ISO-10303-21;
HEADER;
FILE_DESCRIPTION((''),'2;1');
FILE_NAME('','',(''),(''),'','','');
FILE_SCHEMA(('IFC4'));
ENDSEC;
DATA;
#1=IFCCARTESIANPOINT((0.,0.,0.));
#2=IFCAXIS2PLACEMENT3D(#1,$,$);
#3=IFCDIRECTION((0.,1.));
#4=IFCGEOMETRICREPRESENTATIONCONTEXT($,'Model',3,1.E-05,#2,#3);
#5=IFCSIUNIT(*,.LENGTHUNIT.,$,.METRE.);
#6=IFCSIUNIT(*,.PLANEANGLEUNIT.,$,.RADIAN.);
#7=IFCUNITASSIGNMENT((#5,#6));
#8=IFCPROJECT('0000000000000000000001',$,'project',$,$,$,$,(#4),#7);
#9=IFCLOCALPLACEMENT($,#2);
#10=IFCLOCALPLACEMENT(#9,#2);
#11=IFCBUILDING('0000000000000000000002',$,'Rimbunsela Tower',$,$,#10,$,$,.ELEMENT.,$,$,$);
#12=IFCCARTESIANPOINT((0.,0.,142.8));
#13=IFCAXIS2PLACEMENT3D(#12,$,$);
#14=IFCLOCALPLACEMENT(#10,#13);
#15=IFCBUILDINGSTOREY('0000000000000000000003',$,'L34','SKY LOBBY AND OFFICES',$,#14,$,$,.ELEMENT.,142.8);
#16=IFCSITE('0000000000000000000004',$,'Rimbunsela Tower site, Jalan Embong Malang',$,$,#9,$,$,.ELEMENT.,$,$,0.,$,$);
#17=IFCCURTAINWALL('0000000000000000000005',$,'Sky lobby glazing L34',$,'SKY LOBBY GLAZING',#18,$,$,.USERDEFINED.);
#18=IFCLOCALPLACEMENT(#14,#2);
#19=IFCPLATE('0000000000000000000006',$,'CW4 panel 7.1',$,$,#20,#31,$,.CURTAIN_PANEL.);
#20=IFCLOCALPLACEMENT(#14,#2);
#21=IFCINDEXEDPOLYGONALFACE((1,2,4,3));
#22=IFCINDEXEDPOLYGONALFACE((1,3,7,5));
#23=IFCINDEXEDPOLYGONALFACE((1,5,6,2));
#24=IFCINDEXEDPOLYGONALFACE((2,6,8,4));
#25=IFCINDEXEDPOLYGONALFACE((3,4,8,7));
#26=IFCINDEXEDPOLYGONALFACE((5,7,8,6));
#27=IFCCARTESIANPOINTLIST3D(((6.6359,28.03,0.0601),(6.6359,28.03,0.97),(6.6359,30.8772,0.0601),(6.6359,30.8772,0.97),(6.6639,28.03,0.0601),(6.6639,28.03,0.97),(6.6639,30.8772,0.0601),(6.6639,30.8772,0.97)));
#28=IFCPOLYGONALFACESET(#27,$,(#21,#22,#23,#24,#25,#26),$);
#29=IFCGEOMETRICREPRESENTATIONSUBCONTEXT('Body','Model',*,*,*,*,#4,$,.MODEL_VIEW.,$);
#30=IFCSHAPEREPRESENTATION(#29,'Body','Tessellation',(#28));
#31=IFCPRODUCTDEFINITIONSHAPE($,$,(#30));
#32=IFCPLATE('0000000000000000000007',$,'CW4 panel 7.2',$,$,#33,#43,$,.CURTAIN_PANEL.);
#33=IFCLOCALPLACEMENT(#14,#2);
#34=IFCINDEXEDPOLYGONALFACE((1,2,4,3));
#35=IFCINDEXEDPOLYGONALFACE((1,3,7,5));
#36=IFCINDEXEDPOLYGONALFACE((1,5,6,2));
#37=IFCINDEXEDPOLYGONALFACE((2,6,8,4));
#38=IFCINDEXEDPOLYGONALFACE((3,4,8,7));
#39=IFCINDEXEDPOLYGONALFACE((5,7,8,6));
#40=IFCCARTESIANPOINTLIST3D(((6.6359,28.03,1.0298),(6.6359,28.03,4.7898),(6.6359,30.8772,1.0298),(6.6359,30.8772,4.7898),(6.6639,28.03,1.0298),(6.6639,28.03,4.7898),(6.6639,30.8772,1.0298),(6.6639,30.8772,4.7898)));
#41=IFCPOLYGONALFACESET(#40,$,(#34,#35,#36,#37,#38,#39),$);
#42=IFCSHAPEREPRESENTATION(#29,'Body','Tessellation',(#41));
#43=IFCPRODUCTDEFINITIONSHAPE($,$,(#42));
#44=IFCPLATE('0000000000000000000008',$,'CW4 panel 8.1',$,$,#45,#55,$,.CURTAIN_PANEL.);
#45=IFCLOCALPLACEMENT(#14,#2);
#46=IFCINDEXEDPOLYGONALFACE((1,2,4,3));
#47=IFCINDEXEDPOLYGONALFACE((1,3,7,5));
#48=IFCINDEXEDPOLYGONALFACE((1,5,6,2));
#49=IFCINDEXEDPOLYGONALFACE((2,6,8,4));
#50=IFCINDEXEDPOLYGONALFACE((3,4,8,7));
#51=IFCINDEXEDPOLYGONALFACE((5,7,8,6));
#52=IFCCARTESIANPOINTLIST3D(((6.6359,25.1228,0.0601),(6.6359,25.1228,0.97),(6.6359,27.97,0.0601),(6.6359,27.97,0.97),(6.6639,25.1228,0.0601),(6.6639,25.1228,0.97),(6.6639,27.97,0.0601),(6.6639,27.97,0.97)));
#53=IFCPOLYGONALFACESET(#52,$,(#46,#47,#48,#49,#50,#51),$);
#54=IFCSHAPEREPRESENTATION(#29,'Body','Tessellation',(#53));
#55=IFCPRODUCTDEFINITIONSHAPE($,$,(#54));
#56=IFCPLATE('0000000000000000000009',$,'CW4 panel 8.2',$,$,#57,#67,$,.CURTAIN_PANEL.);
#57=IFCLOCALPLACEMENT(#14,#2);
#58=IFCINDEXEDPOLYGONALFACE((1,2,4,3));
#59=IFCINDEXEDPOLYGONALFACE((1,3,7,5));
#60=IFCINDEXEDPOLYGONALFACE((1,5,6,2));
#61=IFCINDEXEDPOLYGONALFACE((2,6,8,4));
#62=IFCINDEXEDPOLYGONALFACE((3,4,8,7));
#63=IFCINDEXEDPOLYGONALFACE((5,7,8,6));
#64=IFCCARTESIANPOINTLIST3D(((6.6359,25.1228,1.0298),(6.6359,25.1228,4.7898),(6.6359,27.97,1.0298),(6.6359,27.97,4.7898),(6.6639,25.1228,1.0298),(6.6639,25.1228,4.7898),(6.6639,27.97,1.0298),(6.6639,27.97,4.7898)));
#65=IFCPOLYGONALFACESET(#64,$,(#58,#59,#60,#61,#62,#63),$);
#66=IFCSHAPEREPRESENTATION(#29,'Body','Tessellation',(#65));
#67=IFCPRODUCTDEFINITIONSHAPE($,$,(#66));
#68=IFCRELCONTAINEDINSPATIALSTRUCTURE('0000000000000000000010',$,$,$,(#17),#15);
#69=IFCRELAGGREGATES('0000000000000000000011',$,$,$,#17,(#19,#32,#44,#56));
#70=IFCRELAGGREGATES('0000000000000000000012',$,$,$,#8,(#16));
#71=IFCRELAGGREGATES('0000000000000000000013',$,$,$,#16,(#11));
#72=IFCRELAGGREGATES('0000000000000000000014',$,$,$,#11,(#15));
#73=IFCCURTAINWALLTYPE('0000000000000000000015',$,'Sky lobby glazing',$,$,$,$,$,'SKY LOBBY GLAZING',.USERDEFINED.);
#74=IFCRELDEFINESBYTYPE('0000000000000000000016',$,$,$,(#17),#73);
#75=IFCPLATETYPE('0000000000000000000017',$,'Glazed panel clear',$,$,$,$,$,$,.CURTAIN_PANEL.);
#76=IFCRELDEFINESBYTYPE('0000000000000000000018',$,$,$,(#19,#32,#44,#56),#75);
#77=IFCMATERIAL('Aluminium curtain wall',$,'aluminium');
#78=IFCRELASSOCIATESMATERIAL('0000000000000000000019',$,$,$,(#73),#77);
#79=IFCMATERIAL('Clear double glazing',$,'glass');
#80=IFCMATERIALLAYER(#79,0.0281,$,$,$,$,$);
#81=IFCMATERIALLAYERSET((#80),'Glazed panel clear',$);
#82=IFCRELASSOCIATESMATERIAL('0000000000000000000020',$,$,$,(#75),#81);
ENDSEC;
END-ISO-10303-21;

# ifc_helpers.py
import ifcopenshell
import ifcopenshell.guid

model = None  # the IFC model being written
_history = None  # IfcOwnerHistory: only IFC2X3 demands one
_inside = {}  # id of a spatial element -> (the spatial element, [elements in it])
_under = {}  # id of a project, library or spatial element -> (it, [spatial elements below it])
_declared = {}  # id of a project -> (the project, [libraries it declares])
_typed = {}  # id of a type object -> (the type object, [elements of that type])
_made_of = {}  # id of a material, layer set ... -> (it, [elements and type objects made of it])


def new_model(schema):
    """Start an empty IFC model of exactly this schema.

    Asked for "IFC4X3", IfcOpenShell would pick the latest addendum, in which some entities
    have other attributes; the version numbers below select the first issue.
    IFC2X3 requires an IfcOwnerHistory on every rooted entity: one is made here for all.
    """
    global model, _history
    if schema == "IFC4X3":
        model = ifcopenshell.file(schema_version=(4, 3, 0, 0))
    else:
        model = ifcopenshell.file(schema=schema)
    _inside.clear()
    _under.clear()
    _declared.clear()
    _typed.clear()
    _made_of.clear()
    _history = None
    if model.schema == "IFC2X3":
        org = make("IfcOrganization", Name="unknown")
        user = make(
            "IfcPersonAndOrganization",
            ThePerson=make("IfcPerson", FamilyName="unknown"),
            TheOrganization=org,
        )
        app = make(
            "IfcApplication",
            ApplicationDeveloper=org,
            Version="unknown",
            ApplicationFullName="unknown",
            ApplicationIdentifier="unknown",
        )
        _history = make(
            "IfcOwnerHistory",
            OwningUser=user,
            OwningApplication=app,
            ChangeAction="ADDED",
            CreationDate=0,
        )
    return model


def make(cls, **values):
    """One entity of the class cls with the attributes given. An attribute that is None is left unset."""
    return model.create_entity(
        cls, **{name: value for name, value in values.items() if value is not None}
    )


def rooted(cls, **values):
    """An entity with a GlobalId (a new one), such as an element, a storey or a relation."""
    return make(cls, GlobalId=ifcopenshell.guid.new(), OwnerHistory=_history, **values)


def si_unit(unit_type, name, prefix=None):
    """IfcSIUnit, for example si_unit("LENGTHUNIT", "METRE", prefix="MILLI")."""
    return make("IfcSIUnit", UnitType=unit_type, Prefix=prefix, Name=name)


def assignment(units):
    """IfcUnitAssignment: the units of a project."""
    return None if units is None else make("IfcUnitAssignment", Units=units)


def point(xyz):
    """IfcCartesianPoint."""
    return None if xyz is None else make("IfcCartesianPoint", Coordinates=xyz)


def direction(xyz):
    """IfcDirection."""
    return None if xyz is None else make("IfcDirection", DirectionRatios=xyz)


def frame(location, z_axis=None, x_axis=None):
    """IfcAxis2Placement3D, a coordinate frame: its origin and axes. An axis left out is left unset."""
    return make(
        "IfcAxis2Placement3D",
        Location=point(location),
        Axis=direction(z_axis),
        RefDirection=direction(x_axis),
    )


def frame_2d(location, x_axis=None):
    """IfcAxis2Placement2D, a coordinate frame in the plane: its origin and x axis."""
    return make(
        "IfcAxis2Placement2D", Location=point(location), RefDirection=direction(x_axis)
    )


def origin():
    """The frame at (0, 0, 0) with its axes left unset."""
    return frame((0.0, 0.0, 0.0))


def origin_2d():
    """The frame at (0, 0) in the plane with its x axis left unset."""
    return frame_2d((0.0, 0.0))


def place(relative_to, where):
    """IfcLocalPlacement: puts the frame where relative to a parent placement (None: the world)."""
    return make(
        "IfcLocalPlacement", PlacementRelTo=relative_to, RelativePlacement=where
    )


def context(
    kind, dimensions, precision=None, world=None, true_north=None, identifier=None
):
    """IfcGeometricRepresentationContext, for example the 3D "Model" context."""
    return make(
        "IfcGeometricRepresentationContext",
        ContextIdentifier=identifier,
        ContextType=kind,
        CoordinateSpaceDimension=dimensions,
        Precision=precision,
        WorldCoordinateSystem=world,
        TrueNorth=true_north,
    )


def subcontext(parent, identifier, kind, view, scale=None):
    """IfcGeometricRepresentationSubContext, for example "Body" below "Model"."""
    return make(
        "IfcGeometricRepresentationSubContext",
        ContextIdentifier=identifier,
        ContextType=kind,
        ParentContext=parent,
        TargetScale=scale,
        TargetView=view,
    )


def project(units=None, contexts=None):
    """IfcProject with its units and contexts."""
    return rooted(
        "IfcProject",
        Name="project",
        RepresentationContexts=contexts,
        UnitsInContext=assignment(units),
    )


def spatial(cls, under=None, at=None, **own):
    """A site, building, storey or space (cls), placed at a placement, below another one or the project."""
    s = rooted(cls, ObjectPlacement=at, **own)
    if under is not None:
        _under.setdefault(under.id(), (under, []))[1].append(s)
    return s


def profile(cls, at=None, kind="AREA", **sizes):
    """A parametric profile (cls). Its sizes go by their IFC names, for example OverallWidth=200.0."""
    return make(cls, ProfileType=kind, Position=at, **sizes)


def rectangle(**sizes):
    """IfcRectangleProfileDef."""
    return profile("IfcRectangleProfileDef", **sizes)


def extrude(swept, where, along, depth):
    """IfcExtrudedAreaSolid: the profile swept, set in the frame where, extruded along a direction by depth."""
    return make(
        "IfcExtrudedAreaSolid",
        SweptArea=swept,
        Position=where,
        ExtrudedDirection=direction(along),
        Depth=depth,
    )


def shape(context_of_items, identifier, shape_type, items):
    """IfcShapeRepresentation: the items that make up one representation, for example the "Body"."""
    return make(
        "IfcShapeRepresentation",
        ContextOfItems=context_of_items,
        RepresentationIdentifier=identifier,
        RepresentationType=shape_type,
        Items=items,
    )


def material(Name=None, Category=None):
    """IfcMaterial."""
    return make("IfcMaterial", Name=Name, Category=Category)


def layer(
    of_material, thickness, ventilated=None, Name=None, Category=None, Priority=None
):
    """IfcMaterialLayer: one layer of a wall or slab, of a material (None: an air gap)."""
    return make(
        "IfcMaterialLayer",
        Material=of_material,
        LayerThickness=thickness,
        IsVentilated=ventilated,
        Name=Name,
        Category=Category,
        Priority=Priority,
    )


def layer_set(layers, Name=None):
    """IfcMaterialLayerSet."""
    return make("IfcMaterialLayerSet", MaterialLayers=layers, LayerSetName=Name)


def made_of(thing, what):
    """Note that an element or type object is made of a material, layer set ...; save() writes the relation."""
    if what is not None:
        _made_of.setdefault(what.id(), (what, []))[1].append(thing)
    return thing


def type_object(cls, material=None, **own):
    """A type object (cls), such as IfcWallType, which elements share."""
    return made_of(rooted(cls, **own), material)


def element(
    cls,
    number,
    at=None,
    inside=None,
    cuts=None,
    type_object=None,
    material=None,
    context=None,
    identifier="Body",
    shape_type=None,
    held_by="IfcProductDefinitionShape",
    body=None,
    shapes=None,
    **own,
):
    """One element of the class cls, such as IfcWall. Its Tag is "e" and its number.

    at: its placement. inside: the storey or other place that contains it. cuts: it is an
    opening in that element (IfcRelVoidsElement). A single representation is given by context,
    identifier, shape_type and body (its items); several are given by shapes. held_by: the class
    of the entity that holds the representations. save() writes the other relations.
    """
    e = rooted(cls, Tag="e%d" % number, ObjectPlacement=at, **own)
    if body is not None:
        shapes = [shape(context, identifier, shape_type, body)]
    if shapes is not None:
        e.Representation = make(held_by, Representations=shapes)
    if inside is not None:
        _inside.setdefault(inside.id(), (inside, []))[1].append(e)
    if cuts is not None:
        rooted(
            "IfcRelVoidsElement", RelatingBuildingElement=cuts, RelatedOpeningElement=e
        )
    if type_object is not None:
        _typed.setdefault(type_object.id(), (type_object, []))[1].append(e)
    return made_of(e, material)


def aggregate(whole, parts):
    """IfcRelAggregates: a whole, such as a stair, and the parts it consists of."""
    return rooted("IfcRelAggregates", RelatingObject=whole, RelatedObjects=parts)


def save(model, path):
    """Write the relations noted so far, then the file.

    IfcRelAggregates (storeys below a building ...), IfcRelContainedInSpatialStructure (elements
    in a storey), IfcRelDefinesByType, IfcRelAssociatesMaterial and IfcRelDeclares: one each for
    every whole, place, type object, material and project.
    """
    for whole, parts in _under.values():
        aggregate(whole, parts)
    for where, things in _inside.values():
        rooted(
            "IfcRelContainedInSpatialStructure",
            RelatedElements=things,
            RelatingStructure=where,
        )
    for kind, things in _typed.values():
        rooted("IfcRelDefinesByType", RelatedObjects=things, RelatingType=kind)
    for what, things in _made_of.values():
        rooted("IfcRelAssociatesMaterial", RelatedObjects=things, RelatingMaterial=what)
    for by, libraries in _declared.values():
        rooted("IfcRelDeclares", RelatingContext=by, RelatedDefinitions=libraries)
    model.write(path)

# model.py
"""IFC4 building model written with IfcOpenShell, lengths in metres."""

from ifc_helpers import new_model, si_unit, direction, frame, origin, origin_2d, place, context, subcontext, project, spatial, rectangle, extrude, material, layer, layer_set, type_object, element, aggregate, save


model = new_model("IFC4")

# Units and contexts
model_context = context("Model", 3, precision=1e-05, world=origin(), true_north=direction((0.0, 1.0)))
body_context = subcontext(model_context, "Body", "Model", "MODEL_VIEW")
ifc_project = project(units=[si_unit("LENGTHUNIT", "METRE"), si_unit("PLANEANGLEUNIT", "RADIAN")], contexts=[model_context])

# Site, building, storey
site_placement = place(None, origin())
site = spatial("IfcSite", under=ifc_project, at=site_placement, Name="Rimbunsela Tower site, Jalan Embong Malang", CompositionType="ELEMENT", RefElevation=0.0)
building_placement = place(site_placement, origin())
building = spatial("IfcBuilding", under=site, at=building_placement, Name="Rimbunsela Tower", CompositionType="ELEMENT")
storey_placement = place(building_placement, frame((0.0, 0.0, 142.8)))
storey = spatial("IfcBuildingStorey", under=building, at=storey_placement, Name="L34", Description="SKY LOBBY AND OFFICES", CompositionType="ELEMENT", Elevation=142.8)

# Curtain wall, plates
ifc_material_1 = material(Name="Aluminium curtain wall", Category="aluminium")
curtain_wall_type = type_object("IfcCurtainWallType", Name="Sky lobby glazing", ElementType="SKY LOBBY GLAZING", PredefinedType="USERDEFINED", material=ifc_material_1)
curtain_wall_placement = place(storey_placement, origin())
curtain_wall = element("IfcCurtainWall", 1, at=curtain_wall_placement, inside=storey, type_object=curtain_wall_type, Name="Sky lobby glazing L34", ObjectType="SKY LOBBY GLAZING", PredefinedType="USERDEFINED")
ifc_material_2 = material(Name="Clear double glazing", Category="glass")
ifc_layer = layer(ifc_material_2, 0.0281)
ifc_layer_set = layer_set([ifc_layer], Name="Glazed panel clear")
plate_type = type_object("IfcPlateType", Name="Glazed panel clear", PredefinedType="CURTAIN_PANEL", material=ifc_layer_set)
plate_1_placement = place(storey_placement, frame((6.6499, 29.4536, 0.0601), z_axis=(0.0, 0.0, 1.0), x_axis=(0.0, -1.0, 0.0)))
plate_1 = element("IfcPlate", 2, at=plate_1_placement, type_object=plate_type, Name="CW4 panel 7.1", PredefinedType="CURTAIN_PANEL", context=body_context, shape_type="SweptSolid", body=[
    extrude(rectangle(XDim=2.8472, YDim=0.0281, at=origin_2d()), origin(), (0.0, 0.0, 1.0), 0.9099),
])
plate_2_placement = place(storey_placement, frame((6.6499, 29.4536, 1.0298), z_axis=(0.0, 0.0, 1.0), x_axis=(0.0, -1.0, 0.0)))
plate_2 = element("IfcPlate", 3, at=plate_2_placement, type_object=plate_type, Name="CW4 panel 7.2", PredefinedType="CURTAIN_PANEL", context=body_context, shape_type="SweptSolid", body=[
    extrude(rectangle(XDim=2.8472, YDim=0.0281, at=origin_2d()), origin(), (0.0, 0.0, 1.0), 3.76),
])
plate_3_placement = place(storey_placement, frame((6.6499, 26.5464, 0.0601), z_axis=(0.0, 0.0, 1.0), x_axis=(0.0, -1.0, 0.0)))
plate_3 = element("IfcPlate", 4, at=plate_3_placement, type_object=plate_type, Name="CW4 panel 8.1", PredefinedType="CURTAIN_PANEL", context=body_context, shape_type="SweptSolid", body=[
    extrude(rectangle(XDim=2.8472, YDim=0.0281, at=origin_2d()), origin(), (0.0, 0.0, 1.0), 0.9099),
])
plate_4_placement = place(storey_placement, frame((6.6499, 26.5464, 1.0298), z_axis=(0.0, 0.0, 1.0), x_axis=(0.0, -1.0, 0.0)))
plate_4 = element("IfcPlate", 5, at=plate_4_placement, type_object=plate_type, Name="CW4 panel 8.2", PredefinedType="CURTAIN_PANEL", context=body_context, shape_type="SweptSolid", body=[
    extrude(rectangle(XDim=2.8472, YDim=0.0281, at=origin_2d()), origin(), (0.0, 0.0, 1.0), 3.76),
])
aggregate(curtain_wall, [plate_1, plate_2, plate_3, plate_4])

save(model, "model.ifc")
